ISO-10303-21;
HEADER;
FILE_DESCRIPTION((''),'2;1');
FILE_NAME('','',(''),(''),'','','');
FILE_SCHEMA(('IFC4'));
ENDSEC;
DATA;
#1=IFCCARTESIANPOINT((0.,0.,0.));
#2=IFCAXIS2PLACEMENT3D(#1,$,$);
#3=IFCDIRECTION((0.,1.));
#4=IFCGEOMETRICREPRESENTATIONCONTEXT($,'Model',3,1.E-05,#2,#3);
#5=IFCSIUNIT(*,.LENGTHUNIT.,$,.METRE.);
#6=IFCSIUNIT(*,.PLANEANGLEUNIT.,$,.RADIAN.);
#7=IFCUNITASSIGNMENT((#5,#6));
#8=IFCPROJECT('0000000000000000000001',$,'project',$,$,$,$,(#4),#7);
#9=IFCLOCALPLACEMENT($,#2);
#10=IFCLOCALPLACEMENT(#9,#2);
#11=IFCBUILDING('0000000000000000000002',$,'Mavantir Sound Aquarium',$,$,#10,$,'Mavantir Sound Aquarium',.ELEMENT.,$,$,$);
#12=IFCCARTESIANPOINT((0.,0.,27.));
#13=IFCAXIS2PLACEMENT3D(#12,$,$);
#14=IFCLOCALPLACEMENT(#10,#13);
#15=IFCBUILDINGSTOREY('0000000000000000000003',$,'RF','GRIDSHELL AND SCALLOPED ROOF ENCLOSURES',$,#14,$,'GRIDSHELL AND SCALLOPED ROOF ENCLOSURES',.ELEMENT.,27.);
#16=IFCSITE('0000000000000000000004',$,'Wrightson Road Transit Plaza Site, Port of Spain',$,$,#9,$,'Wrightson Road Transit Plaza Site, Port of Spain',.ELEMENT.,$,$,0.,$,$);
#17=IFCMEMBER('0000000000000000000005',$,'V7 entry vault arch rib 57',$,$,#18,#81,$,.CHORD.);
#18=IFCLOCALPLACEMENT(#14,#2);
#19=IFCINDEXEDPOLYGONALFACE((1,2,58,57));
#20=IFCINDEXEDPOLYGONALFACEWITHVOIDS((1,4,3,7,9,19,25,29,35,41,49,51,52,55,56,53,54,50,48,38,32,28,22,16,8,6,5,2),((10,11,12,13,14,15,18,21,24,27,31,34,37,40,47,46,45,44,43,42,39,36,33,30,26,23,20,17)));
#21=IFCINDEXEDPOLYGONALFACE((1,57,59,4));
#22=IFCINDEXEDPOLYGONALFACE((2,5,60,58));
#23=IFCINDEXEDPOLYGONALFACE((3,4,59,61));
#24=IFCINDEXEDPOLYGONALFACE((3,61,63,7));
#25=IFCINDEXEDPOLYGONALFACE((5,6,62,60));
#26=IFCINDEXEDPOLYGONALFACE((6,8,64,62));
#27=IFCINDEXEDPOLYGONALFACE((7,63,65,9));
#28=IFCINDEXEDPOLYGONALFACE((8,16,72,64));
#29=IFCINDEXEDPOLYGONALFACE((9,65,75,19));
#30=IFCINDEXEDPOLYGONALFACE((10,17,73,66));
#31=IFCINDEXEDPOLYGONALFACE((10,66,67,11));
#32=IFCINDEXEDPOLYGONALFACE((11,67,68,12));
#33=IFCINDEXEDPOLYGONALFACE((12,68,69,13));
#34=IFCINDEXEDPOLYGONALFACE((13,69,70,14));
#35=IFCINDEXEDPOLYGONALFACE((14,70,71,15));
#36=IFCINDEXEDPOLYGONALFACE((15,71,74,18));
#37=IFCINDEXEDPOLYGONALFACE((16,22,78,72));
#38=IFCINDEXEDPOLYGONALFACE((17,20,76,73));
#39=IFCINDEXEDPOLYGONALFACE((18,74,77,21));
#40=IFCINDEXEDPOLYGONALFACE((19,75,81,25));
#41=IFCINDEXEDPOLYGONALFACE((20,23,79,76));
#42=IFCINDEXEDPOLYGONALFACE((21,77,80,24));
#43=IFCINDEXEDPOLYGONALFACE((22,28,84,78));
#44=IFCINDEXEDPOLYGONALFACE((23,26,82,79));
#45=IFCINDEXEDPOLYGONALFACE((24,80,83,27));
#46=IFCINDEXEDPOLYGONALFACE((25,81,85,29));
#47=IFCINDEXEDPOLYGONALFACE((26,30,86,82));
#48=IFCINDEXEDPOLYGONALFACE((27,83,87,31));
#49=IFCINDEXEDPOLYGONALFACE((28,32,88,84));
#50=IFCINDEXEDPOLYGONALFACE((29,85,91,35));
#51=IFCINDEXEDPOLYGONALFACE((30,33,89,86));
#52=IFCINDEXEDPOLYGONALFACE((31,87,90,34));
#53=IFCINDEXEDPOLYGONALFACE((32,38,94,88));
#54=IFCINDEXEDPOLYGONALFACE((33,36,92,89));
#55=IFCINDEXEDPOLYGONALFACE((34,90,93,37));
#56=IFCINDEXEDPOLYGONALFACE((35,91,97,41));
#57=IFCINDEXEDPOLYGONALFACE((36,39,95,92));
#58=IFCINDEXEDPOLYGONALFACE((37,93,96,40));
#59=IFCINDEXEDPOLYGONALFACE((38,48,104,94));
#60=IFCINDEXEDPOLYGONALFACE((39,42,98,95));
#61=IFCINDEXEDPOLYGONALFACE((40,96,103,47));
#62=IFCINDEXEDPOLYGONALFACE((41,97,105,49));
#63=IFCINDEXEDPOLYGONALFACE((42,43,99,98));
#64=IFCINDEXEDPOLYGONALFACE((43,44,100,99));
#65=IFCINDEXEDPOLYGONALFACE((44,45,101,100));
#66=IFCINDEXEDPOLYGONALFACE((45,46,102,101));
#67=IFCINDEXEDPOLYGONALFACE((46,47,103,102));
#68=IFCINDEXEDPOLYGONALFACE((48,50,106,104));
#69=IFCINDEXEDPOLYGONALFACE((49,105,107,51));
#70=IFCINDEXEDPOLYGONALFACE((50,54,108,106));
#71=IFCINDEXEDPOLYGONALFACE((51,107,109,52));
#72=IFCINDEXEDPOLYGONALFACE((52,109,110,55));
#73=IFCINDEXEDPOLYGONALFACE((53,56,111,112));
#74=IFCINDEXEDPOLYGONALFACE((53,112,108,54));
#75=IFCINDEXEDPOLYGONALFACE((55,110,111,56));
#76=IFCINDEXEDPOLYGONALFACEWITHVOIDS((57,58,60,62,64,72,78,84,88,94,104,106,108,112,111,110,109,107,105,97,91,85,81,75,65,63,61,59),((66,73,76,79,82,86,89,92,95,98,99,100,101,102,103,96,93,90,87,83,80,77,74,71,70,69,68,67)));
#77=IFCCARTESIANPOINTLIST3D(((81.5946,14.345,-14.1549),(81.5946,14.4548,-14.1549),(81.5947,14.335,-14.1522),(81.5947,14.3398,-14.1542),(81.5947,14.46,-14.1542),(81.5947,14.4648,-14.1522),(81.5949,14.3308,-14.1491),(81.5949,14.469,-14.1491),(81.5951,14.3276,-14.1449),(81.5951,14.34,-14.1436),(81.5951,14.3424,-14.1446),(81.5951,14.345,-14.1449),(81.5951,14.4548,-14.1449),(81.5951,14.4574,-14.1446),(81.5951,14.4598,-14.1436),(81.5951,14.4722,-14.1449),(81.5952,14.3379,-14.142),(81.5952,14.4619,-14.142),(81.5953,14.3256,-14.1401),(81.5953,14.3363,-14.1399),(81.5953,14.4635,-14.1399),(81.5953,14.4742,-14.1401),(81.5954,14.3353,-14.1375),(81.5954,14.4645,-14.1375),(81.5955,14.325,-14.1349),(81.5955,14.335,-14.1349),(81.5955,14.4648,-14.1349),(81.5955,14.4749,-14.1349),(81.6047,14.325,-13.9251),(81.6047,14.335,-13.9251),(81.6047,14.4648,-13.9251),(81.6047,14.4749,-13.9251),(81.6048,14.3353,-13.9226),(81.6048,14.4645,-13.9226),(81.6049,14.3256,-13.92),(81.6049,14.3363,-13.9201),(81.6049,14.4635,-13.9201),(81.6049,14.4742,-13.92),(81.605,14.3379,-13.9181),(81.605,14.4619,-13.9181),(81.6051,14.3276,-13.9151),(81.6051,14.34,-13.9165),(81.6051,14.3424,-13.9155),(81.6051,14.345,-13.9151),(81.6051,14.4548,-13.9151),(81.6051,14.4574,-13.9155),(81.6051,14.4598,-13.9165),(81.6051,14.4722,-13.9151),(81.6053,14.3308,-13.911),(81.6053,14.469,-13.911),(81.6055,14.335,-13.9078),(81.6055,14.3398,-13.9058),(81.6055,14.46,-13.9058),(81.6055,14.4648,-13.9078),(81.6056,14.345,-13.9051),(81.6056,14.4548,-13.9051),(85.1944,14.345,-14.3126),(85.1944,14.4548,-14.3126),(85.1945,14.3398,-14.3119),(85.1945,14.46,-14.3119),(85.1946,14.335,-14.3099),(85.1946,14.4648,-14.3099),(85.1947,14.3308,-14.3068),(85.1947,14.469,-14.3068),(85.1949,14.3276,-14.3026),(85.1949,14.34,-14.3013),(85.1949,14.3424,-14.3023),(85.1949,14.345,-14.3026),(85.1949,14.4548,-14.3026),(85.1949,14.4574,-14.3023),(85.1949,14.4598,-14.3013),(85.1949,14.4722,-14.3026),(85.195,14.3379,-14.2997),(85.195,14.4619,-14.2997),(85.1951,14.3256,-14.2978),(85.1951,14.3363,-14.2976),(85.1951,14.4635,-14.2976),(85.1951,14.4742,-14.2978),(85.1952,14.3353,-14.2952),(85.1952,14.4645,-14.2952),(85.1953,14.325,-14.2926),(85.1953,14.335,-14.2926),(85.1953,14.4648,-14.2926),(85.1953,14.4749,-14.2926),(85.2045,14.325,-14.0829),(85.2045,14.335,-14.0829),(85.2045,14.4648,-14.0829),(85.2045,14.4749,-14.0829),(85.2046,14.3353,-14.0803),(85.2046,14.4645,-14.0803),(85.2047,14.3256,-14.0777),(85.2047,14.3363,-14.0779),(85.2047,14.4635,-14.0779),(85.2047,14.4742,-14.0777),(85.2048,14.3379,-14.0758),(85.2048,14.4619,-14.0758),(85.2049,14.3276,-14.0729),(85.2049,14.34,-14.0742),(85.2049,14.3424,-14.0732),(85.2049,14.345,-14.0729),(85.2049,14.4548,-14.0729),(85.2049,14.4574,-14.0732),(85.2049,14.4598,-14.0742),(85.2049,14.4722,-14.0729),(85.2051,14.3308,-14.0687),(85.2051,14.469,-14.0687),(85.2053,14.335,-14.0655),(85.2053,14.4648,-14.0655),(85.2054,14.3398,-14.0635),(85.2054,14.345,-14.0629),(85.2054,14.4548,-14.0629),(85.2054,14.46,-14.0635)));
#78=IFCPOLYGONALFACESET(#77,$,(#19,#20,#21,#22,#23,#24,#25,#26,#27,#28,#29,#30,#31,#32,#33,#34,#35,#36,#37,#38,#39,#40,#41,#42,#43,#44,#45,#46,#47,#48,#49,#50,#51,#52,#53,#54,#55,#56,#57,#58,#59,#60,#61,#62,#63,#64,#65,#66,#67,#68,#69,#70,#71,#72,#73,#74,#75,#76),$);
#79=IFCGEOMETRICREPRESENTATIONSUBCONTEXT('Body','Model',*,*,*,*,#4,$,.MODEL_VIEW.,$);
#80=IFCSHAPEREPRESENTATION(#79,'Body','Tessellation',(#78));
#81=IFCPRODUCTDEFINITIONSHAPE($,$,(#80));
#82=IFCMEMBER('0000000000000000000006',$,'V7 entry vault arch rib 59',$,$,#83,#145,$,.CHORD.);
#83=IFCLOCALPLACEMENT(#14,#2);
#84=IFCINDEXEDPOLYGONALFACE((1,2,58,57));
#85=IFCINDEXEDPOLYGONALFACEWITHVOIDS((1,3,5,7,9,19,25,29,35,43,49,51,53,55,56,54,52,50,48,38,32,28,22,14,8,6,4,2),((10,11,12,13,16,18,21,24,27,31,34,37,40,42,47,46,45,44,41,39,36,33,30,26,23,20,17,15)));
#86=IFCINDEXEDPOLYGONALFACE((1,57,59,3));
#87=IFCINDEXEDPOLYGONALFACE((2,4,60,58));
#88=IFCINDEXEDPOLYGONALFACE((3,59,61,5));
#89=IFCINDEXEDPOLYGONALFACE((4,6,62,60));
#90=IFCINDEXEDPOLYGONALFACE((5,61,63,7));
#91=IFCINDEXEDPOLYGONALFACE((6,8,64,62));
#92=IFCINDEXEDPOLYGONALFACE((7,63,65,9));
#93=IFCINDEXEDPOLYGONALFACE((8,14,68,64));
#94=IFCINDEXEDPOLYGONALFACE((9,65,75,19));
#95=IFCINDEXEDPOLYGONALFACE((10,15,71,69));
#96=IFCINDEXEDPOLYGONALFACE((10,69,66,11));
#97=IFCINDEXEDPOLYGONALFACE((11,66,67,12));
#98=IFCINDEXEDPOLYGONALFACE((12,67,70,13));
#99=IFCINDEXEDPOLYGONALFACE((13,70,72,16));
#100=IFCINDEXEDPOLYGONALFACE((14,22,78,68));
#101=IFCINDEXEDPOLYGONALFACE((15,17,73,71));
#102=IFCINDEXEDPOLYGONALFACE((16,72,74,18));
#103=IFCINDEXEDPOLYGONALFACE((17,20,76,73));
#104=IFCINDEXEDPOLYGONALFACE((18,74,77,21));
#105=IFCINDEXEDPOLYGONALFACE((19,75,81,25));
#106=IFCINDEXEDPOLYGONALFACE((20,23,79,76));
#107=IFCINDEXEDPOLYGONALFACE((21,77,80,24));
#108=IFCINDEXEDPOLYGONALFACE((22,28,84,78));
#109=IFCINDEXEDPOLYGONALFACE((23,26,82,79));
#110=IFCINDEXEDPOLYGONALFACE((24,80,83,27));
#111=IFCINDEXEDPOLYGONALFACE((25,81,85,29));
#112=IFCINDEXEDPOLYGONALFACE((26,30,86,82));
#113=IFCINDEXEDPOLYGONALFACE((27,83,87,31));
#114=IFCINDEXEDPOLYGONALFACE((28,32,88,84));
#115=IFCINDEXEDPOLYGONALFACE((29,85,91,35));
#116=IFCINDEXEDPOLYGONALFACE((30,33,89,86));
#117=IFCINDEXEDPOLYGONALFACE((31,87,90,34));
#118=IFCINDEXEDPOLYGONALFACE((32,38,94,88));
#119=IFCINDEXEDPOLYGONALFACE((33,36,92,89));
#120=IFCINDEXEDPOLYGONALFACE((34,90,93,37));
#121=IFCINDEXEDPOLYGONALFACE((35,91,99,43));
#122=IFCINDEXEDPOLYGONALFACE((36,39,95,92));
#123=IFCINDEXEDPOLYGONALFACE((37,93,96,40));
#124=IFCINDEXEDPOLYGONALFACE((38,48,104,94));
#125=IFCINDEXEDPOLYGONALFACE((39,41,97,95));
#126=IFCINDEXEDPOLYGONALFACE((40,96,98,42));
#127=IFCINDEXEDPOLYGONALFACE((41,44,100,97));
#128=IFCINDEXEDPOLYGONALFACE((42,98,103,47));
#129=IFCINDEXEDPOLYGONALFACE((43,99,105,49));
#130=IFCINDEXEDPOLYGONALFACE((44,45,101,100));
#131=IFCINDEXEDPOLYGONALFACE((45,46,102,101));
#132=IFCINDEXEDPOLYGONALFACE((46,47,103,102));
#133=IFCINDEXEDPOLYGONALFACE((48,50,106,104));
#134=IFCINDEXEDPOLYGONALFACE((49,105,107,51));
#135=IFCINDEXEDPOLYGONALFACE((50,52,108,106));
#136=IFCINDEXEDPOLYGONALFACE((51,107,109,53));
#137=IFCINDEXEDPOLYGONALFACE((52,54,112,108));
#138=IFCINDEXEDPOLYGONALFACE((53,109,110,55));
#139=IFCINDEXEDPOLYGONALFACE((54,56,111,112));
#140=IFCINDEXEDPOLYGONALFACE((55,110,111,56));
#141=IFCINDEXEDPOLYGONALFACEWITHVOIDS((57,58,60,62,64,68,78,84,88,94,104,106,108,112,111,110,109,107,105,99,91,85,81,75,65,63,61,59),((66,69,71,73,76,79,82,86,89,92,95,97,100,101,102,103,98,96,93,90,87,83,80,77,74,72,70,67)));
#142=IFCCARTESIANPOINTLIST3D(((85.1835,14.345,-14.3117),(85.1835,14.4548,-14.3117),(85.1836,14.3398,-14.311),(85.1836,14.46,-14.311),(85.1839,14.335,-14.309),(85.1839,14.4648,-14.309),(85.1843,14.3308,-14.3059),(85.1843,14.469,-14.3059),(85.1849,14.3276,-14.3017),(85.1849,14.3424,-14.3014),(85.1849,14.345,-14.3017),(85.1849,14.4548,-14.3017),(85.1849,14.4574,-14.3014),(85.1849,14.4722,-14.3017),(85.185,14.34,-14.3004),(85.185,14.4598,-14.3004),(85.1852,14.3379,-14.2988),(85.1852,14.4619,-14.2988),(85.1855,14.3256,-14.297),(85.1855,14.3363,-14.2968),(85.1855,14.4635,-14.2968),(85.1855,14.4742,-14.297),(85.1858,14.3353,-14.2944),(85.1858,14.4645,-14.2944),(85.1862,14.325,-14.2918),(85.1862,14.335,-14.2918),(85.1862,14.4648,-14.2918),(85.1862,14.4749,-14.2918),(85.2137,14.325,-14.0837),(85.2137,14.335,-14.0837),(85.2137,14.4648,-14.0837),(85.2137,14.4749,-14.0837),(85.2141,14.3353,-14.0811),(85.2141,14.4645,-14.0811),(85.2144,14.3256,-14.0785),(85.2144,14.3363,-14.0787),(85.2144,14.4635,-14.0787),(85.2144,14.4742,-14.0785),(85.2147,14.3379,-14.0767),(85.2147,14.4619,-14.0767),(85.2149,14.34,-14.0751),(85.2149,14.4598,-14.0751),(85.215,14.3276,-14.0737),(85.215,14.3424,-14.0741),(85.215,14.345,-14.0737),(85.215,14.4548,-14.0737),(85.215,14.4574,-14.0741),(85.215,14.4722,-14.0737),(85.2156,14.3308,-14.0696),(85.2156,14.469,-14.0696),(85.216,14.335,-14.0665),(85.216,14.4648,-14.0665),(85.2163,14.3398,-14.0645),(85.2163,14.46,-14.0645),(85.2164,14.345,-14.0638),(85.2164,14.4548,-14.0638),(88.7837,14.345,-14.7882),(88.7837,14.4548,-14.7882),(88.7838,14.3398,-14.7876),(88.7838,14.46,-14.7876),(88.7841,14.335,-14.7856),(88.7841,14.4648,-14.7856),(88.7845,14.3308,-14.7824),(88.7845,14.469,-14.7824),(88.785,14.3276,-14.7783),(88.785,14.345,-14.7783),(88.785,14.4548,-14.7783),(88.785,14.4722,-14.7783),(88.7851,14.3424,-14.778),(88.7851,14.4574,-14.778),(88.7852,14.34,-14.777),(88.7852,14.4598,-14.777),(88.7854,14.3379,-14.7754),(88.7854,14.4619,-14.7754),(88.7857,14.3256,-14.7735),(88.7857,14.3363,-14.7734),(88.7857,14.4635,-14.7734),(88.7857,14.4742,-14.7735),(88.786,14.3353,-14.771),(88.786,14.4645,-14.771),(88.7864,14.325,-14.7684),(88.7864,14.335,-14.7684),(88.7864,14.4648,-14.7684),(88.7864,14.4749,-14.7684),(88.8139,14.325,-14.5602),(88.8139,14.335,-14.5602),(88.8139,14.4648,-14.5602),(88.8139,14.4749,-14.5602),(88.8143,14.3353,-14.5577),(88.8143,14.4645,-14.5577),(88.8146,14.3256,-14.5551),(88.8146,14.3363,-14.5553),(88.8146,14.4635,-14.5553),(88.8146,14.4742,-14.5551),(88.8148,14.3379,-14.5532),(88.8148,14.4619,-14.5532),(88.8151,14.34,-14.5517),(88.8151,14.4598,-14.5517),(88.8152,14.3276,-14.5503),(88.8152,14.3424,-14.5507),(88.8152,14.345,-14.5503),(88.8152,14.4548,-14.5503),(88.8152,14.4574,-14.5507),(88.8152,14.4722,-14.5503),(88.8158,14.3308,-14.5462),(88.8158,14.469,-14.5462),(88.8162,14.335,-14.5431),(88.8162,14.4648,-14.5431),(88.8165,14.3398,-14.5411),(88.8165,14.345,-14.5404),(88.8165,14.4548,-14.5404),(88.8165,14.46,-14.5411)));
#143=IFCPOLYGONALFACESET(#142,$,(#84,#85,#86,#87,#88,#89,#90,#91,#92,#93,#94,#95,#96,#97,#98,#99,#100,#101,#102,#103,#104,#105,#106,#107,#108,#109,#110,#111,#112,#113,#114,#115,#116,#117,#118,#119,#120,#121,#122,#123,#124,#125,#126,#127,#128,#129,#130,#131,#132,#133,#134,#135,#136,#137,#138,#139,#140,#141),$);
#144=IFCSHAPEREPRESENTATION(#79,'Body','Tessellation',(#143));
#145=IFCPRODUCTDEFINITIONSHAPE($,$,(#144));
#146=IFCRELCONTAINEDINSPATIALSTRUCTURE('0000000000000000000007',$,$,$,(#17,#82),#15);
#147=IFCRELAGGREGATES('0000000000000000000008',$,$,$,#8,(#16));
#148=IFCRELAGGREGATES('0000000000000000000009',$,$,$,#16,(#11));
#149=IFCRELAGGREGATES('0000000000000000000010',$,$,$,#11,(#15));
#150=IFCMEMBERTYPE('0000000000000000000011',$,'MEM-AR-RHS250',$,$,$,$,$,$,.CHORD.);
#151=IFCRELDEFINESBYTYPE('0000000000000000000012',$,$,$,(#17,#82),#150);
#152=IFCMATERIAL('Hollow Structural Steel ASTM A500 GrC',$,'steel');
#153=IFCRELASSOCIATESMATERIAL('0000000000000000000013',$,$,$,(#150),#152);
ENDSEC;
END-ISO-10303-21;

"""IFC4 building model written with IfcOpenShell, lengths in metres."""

from ifc_helpers import new_model, si_unit, direction, frame, origin, origin_2d, place, context, subcontext, project, spatial, hollow_rectangle, extrude, material, material_profile, profile_set, type_object, element, save


model = new_model("IFC4")

# Units and contexts
model_context = context("Model", 3, precision=1e-05, world=origin(), true_north=direction((0.0, 1.0)))
body_context = subcontext(model_context, "Body", "Model", "MODEL_VIEW")
ifc_project = project(units=[si_unit("LENGTHUNIT", "METRE"), si_unit("PLANEANGLEUNIT", "RADIAN")], contexts=[model_context])

# Site, building, storey
site_placement = place(None, origin())
site = spatial("IfcSite", under=ifc_project, at=site_placement, Name="Wrightson Road Transit Plaza Site, Port of Spain", LongName="Wrightson Road Transit Plaza Site, Port of Spain", CompositionType="ELEMENT", RefElevation=0.0)
building_placement = place(site_placement, origin())
building = spatial("IfcBuilding", under=site, at=building_placement, Name="Mavantir Sound Aquarium", LongName="Mavantir Sound Aquarium", CompositionType="ELEMENT")
storey_placement = place(building_placement, frame((0.0, 0.0, 27.0)))
storey = spatial("IfcBuildingStorey", under=building, at=storey_placement, Name="RF", Description="GRIDSHELL AND SCALLOPED ROOF ENCLOSURES", LongName="GRIDSHELL AND SCALLOPED ROOF ENCLOSURES", CompositionType="ELEMENT", Elevation=27.0)

# Members
ifc_material_1 = material(Name="Hollow Structural Steel ASTM A500 GrC", Category="steel")
ifc_material_profile_1 = material_profile(ifc_material_1, hollow_rectangle(XDim=0.1499, YDim=0.25, WallThickness=0.01, InnerFilletRadius=0.01, OuterFilletRadius=0.02, at=origin_2d()), Name="RHS 250X150X10")
ifc_profile_set_1 = profile_set([ifc_material_profile_1], Name="Hollow Structural Steel ASTM A500 GrC")
member_type_1 = type_object("IfcMemberType", Name="MEM-AR-RHS250", PredefinedType="CHORD", material=ifc_profile_set_1)
member_1_placement = place(storey_placement, frame((81.6001, 14.3999, -14.03), z_axis=(0.999042, 0.0, -0.043769), x_axis=(0.0, 1.0, 0.0)))
element("IfcMember", 1, at=member_1_placement, inside=storey, type_object=member_type_1, Name="V7 entry vault arch rib 57", PredefinedType="CHORD", context=body_context, shape_type="SweptSolid", body=[
    extrude(hollow_rectangle(XDim=0.1499, YDim=0.25, WallThickness=0.01, InnerFilletRadius=0.01, OuterFilletRadius=0.02, at=origin_2d()), origin(), (0.0, 0.0, 1.0), 3.6033),
])
for number, where, z_axis, x_axis, name in (
    (2, (85.2, 14.3999, -14.1877), (0.991352, 0.0, -0.13123), (0.0, 1.0, 0.0), "V7 entry vault arch rib 59"),
):
    element("IfcMember", number, at=place(storey_placement, frame(where, z_axis=z_axis, x_axis=x_axis)), inside=storey, type_object=member_type_1, Name=name, PredefinedType="CHORD", context=body_context, shape_type="SweptSolid", body=[
        extrude(hollow_rectangle(XDim=0.1499, YDim=0.25, WallThickness=0.01, InnerFilletRadius=0.01, OuterFilletRadius=0.02, at=origin_2d()), origin(), (0.0, 0.0, 1.0), 3.6316),
    ])

save(model, "model.ifc")
